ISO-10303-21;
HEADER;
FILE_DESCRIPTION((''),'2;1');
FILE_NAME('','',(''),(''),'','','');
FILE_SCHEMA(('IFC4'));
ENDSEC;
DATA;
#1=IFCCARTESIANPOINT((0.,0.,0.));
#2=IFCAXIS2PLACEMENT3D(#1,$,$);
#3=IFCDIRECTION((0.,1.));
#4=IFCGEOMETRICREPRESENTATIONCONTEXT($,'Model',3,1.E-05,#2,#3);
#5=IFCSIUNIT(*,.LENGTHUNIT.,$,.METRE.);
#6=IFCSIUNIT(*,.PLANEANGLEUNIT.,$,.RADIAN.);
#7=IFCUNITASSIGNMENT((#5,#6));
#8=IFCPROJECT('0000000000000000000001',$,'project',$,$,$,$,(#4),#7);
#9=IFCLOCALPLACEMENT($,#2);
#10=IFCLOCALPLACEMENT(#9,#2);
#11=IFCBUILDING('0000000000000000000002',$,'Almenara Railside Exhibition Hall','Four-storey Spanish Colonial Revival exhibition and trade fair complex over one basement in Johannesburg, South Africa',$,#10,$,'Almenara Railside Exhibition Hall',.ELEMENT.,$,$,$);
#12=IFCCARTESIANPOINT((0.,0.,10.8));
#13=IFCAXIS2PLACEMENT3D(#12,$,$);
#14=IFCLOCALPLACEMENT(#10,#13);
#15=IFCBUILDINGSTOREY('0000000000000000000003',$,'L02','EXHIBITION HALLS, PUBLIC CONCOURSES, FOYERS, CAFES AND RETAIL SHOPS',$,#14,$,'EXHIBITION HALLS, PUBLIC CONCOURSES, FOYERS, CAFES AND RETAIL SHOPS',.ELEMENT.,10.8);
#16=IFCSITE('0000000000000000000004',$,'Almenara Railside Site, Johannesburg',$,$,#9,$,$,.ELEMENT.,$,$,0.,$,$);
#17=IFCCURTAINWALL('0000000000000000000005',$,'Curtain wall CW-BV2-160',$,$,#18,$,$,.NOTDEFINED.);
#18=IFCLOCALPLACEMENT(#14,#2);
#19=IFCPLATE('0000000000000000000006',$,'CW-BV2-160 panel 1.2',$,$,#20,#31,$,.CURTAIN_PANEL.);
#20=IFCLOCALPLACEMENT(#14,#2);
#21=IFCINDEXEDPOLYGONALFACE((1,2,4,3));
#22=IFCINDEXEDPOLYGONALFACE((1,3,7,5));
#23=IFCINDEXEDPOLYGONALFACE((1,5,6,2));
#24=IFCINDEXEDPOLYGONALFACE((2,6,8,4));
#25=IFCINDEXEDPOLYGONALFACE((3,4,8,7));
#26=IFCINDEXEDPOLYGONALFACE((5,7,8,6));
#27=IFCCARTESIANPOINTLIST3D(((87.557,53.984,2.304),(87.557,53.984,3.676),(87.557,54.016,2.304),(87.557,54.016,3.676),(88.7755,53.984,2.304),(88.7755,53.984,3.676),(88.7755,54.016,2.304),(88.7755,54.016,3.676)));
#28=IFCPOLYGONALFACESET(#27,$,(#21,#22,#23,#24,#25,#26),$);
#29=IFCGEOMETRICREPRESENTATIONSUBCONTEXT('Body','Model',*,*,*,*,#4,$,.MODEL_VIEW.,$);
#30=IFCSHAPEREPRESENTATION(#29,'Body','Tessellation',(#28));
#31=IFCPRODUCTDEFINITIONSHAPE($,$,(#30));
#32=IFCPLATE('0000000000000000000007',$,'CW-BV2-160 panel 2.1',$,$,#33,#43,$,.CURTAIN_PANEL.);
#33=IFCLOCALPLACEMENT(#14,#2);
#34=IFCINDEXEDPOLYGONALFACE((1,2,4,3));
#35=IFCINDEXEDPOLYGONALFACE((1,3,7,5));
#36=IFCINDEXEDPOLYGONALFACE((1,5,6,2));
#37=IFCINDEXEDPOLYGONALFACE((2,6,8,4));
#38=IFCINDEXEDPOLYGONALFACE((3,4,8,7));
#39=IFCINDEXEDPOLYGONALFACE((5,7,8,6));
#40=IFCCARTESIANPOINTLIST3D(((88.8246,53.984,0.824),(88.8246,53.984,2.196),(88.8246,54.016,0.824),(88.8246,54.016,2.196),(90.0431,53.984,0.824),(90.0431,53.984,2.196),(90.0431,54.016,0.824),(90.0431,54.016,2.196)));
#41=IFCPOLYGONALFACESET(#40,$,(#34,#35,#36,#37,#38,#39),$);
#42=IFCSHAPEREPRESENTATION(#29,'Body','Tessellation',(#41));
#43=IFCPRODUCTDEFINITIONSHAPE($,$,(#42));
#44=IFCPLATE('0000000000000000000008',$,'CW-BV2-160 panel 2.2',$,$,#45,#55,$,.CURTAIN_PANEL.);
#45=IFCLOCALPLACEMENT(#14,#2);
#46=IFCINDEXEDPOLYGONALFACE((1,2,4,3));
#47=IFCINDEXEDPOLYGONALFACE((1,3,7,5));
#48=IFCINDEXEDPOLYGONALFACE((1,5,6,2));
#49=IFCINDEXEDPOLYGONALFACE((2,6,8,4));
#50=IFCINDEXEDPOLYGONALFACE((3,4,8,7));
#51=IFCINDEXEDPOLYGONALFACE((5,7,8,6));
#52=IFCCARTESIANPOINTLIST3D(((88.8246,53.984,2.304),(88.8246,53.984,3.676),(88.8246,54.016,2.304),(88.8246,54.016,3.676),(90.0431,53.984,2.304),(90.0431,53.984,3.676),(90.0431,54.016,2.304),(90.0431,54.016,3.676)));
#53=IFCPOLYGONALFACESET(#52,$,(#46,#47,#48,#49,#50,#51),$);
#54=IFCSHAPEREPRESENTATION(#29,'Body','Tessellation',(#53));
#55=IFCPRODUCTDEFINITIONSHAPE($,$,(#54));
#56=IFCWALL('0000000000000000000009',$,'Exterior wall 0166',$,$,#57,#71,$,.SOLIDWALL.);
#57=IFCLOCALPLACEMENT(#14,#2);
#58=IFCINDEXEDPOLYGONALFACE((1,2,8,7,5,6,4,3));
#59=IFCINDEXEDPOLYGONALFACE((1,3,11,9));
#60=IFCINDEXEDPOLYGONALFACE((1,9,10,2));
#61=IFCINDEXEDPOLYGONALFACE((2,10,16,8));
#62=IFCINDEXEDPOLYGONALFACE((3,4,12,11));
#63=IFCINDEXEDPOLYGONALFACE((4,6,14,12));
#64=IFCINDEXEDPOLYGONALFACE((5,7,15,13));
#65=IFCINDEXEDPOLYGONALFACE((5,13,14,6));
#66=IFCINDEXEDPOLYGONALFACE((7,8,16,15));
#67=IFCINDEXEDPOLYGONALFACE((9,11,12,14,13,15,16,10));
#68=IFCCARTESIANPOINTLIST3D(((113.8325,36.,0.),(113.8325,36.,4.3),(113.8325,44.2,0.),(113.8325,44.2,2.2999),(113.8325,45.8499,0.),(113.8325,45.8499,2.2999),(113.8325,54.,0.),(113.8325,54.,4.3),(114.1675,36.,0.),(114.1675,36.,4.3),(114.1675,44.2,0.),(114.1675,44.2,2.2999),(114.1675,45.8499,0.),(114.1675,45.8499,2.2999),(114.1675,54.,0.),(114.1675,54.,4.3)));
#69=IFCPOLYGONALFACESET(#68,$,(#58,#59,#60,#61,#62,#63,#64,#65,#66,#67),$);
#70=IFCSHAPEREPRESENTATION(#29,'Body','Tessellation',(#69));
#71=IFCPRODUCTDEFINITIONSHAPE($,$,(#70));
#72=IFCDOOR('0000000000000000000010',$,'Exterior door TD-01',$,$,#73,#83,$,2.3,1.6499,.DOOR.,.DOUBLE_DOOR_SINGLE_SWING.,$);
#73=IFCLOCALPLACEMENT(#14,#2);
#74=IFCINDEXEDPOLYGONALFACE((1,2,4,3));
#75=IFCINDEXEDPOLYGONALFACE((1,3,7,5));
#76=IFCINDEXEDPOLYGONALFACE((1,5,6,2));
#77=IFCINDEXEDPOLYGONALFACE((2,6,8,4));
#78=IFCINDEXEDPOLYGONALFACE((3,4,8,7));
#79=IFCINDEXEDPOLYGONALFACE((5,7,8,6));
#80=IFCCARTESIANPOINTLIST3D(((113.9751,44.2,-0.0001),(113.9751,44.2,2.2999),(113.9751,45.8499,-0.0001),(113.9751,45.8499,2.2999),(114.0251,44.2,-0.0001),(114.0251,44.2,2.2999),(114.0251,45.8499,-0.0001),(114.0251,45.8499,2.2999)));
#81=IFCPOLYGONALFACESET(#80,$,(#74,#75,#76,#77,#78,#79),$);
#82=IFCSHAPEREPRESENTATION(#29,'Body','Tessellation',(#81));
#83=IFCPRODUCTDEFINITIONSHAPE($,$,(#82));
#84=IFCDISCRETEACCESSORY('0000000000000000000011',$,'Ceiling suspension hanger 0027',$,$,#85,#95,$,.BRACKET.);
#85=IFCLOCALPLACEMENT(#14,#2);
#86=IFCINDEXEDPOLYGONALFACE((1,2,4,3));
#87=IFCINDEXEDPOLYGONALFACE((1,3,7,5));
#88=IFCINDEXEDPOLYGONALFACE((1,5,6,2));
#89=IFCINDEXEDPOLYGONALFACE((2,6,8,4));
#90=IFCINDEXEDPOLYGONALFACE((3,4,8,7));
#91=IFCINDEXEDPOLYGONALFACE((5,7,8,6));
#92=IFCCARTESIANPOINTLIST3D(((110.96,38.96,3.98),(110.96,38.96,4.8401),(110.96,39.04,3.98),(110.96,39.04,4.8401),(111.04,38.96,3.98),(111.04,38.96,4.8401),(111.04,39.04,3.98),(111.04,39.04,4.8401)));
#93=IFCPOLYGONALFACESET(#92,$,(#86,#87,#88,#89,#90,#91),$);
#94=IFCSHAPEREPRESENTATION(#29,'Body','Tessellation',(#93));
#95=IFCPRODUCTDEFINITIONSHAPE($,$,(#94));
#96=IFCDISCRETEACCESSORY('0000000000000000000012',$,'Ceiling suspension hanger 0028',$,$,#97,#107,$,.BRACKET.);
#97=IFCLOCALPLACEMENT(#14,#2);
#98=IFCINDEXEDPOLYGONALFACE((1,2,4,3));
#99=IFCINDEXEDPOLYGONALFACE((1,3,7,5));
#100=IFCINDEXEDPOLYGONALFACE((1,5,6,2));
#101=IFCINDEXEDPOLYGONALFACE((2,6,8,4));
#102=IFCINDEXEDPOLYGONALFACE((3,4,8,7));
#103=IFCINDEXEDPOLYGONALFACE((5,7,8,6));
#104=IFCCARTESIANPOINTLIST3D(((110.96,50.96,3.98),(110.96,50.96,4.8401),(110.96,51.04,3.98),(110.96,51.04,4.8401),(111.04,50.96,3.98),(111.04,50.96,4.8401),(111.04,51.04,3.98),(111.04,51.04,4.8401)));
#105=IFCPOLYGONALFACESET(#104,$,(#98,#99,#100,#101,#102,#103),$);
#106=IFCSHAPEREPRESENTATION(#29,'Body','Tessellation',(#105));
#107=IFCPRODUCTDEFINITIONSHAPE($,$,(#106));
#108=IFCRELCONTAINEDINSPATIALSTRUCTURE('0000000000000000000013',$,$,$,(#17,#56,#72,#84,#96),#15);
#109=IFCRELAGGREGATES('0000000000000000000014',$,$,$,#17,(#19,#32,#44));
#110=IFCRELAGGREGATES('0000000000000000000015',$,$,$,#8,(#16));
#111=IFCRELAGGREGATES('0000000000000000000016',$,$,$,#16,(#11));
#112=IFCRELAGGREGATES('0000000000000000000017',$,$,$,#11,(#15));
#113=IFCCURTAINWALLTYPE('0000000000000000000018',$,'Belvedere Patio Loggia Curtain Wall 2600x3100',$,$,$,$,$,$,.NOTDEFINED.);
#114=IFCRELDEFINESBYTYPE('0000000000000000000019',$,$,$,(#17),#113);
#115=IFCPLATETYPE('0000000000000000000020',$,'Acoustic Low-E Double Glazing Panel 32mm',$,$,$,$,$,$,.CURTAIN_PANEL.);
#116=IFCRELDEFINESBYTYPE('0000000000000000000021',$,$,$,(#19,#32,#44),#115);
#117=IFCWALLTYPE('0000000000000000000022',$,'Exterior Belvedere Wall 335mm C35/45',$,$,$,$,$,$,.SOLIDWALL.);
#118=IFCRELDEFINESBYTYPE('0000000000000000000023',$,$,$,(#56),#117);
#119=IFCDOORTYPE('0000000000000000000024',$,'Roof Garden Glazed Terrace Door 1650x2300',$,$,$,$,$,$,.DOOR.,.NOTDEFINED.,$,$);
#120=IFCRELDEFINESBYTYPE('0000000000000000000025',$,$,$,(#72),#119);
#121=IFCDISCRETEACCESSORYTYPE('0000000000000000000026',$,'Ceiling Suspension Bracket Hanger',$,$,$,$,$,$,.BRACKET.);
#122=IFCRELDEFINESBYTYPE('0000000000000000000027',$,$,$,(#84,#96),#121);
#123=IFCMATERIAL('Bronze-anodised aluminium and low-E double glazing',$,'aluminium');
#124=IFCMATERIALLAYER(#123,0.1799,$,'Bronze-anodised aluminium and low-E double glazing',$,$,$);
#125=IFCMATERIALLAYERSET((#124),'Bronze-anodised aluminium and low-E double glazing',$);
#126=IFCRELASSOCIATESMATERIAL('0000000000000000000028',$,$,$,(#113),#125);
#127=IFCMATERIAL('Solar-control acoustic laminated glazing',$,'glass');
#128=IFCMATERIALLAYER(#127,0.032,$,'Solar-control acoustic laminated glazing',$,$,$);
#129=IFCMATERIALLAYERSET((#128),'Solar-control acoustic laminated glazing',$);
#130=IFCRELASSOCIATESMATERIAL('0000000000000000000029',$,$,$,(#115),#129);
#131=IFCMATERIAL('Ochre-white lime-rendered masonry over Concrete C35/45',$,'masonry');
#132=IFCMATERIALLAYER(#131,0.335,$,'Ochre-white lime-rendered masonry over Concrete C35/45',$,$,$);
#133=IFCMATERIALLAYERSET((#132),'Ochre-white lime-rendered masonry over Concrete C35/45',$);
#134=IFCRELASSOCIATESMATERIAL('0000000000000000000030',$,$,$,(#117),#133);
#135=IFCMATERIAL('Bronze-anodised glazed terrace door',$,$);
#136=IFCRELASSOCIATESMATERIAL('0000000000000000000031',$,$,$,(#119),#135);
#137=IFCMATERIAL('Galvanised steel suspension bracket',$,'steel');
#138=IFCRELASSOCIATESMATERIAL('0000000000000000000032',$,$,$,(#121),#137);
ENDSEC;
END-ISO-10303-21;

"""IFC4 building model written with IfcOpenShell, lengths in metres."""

from ifc_helpers import new_model, si_unit, direction, frame, frame_2d, origin, origin_2d, place, context, subcontext, project, spatial, rectangle, extrude, material, layer, layer_set, type_object, element, fill, aggregate, save


model = new_model("IFC4")

# Units and contexts
model_context = context("Model", 3, precision=1e-05, world=origin(), true_north=direction((0.0, 1.0)))
body_context = subcontext(model_context, "Body", "Model", "MODEL_VIEW")
ifc_project = project(units=[si_unit("LENGTHUNIT", "METRE"), si_unit("PLANEANGLEUNIT", "RADIAN")], contexts=[model_context])

# Site, building, storey
site_placement = place(None, origin())
site = spatial("IfcSite", under=ifc_project, at=site_placement, Name="Almenara Railside Site, Johannesburg", CompositionType="ELEMENT", RefElevation=0.0)
building_placement = place(site_placement, origin())
building = spatial("IfcBuilding", under=site, at=building_placement, Name="Almenara Railside Exhibition Hall", Description="Four-storey Spanish Colonial Revival exhibition and trade fair complex over one basement in Johannesburg, South Africa", LongName="Almenara Railside Exhibition Hall", CompositionType="ELEMENT")
storey_placement = place(building_placement, frame((0.0, 0.0, 10.8)))
storey = spatial("IfcBuildingStorey", under=building, at=storey_placement, Name="L02", Description="EXHIBITION HALLS, PUBLIC CONCOURSES, FOYERS, CAFES AND RETAIL SHOPS", LongName="EXHIBITION HALLS, PUBLIC CONCOURSES, FOYERS, CAFES AND RETAIL SHOPS", CompositionType="ELEMENT", Elevation=10.8)

# Curtain wall
ifc_material_1 = material(Name="Bronze-anodised aluminium and low-E double glazing", Category="aluminium")
ifc_layer_1 = layer(ifc_material_1, 0.1799, Name="Bronze-anodised aluminium and low-E double glazing")
ifc_layer_set_1 = layer_set([ifc_layer_1], Name="Bronze-anodised aluminium and low-E double glazing")
curtain_wall_type = type_object("IfcCurtainWallType", Name="Belvedere Patio Loggia Curtain Wall 2600x3100", PredefinedType="NOTDEFINED", material=ifc_layer_set_1)
curtain_wall_placement = place(storey_placement, origin())
curtain_wall = element("IfcCurtainWall", 1, at=curtain_wall_placement, inside=storey, type_object=curtain_wall_type, Name="Curtain wall CW-BV2-160", PredefinedType="NOTDEFINED")

# Plates
ifc_material_2 = material(Name="Solar-control acoustic laminated glazing", Category="glass")
ifc_layer_2 = layer(ifc_material_2, 0.032, Name="Solar-control acoustic laminated glazing")
ifc_layer_set_2 = layer_set([ifc_layer_2], Name="Solar-control acoustic laminated glazing")
plate_type = type_object("IfcPlateType", Name="Acoustic Low-E Double Glazing Panel 32mm", PredefinedType="CURTAIN_PANEL", material=ifc_layer_set_2)
plate_1_placement = place(storey_placement, frame((88.1663, 54.0, 2.304), z_axis=(0.0, 0.0, 1.0), x_axis=(1.0, 0.0, 0.0)))
plate_1 = element("IfcPlate", 2, at=plate_1_placement, type_object=plate_type, Name="CW-BV2-160 panel 1.2", PredefinedType="CURTAIN_PANEL", context=body_context, shape_type="SweptSolid", body=[
    extrude(rectangle(XDim=1.2185, YDim=0.032, at=origin_2d()), origin(), (0.0, 0.0, 1.0), 1.3721),
])
plate_2_placement = place(storey_placement, frame((89.4338, 54.0, 0.824), z_axis=(0.0, 0.0, 1.0), x_axis=(1.0, 0.0, 0.0)))
plate_2 = element("IfcPlate", 3, at=plate_2_placement, type_object=plate_type, Name="CW-BV2-160 panel 2.1", PredefinedType="CURTAIN_PANEL", context=body_context, shape_type="SweptSolid", body=[
    extrude(rectangle(XDim=1.2185, YDim=0.032, at=origin_2d()), origin(), (0.0, 0.0, 1.0), 1.3721),
])
plate_3_placement = place(storey_placement, frame((89.4338, 54.0, 2.304), z_axis=(0.0, 0.0, 1.0), x_axis=(1.0, 0.0, 0.0)))
plate_3 = element("IfcPlate", 4, at=plate_3_placement, type_object=plate_type, Name="CW-BV2-160 panel 2.2", PredefinedType="CURTAIN_PANEL", context=body_context, shape_type="SweptSolid", body=[
    extrude(rectangle(XDim=1.2185, YDim=0.032, at=origin_2d()), origin(), (0.0, 0.0, 1.0), 1.3721),
])
aggregate(curtain_wall, [plate_1, plate_2, plate_3])

# Wall, opening, door
ifc_material_3 = material(Name="Ochre-white lime-rendered masonry over Concrete C35/45", Category="masonry")
ifc_layer_3 = layer(ifc_material_3, 0.335, Name="Ochre-white lime-rendered masonry over Concrete C35/45")
ifc_layer_set_3 = layer_set([ifc_layer_3], Name="Ochre-white lime-rendered masonry over Concrete C35/45")
wall_type = type_object("IfcWallType", Name="Exterior Belvedere Wall 335mm C35/45", PredefinedType="SOLIDWALL", material=ifc_layer_set_3)
wall_placement = place(storey_placement, frame((114.0, 36.0, 0.0), z_axis=(0.0, 0.0, 1.0), x_axis=(0.0, 1.0, 0.0)))
wall = element("IfcWall", 5, at=wall_placement, inside=storey, type_object=wall_type, Name="Exterior wall 0166", PredefinedType="SOLIDWALL", context=body_context, shape_type="SweptSolid", body=[
    extrude(rectangle(XDim=18.0, YDim=0.335, at=frame_2d((9.0, 0.0))), origin(), (0.0, 0.0, 1.0), 4.3),
])
opening_placement = place(wall_placement, frame((8.2, 0.0, 0.0)))
opening = element("IfcOpeningElement", 6, at=opening_placement, cuts=wall, PredefinedType="OPENING", context=body_context, shape_type="SweptSolid", body=[
    extrude(rectangle(XDim=1.6499, YDim=2.3, at=frame_2d((0.825, 1.1499))), frame((0.0, 0.1775, 0.0), z_axis=(0.0, -1.0, 0.0), x_axis=(1.0, 0.0, 0.0)), (0.0, 0.0, 1.0), 0.355),
])
ifc_material_4 = material(Name="Bronze-anodised glazed terrace door")
door_type = type_object("IfcDoorType", Name="Roof Garden Glazed Terrace Door 1650x2300", OperationType="NOTDEFINED", PredefinedType="DOOR", material=ifc_material_4)
door_placement = place(opening_placement, origin())
door = element("IfcDoor", 7, at=door_placement, inside=storey, type_object=door_type, Name="Exterior door TD-01", OperationType="DOUBLE_DOOR_SINGLE_SWING", OverallHeight=2.3, OverallWidth=1.6499, PredefinedType="DOOR", context=body_context, shape_type="SweptSolid", body=[
    extrude(rectangle(XDim=1.6499, YDim=2.3, at=frame_2d((0.825, 1.1499))), frame((0.0, 0.0249, 0.0), z_axis=(0.0, -1.0, 0.0), x_axis=(1.0, 0.0, 0.0)), (0.0, 0.0, 1.0), 0.05),
])
fill(opening, door)

# Discrete accessories
ifc_material_5 = material(Name="Galvanised steel suspension bracket", Category="steel")
discrete_accessory_type = type_object("IfcDiscreteAccessoryType", Name="Ceiling Suspension Bracket Hanger", PredefinedType="BRACKET", material=ifc_material_5)
for number, where, z_axis, x_axis, name in (
    (8, (111.0, 39.0, 3.98), (0.0, 0.0, 1.0), (1.0, 0.0, 0.0), "Ceiling suspension hanger 0027"),
    (9, (111.0, 51.0, 3.98), (0.0, 0.0, 1.0), (1.0, 0.0, 0.0), "Ceiling suspension hanger 0028"),
):
    element("IfcDiscreteAccessory", number, at=place(storey_placement, frame(where, z_axis=z_axis, x_axis=x_axis)), inside=storey, type_object=discrete_accessory_type, Name=name, PredefinedType="BRACKET", context=body_context, shape_type="SweptSolid", body=[
        extrude(rectangle(XDim=0.0801, YDim=0.0801, at=origin_2d()), origin(), (0.0, 0.0, 1.0), 0.8601),
    ])

save(model, "model.ifc")
